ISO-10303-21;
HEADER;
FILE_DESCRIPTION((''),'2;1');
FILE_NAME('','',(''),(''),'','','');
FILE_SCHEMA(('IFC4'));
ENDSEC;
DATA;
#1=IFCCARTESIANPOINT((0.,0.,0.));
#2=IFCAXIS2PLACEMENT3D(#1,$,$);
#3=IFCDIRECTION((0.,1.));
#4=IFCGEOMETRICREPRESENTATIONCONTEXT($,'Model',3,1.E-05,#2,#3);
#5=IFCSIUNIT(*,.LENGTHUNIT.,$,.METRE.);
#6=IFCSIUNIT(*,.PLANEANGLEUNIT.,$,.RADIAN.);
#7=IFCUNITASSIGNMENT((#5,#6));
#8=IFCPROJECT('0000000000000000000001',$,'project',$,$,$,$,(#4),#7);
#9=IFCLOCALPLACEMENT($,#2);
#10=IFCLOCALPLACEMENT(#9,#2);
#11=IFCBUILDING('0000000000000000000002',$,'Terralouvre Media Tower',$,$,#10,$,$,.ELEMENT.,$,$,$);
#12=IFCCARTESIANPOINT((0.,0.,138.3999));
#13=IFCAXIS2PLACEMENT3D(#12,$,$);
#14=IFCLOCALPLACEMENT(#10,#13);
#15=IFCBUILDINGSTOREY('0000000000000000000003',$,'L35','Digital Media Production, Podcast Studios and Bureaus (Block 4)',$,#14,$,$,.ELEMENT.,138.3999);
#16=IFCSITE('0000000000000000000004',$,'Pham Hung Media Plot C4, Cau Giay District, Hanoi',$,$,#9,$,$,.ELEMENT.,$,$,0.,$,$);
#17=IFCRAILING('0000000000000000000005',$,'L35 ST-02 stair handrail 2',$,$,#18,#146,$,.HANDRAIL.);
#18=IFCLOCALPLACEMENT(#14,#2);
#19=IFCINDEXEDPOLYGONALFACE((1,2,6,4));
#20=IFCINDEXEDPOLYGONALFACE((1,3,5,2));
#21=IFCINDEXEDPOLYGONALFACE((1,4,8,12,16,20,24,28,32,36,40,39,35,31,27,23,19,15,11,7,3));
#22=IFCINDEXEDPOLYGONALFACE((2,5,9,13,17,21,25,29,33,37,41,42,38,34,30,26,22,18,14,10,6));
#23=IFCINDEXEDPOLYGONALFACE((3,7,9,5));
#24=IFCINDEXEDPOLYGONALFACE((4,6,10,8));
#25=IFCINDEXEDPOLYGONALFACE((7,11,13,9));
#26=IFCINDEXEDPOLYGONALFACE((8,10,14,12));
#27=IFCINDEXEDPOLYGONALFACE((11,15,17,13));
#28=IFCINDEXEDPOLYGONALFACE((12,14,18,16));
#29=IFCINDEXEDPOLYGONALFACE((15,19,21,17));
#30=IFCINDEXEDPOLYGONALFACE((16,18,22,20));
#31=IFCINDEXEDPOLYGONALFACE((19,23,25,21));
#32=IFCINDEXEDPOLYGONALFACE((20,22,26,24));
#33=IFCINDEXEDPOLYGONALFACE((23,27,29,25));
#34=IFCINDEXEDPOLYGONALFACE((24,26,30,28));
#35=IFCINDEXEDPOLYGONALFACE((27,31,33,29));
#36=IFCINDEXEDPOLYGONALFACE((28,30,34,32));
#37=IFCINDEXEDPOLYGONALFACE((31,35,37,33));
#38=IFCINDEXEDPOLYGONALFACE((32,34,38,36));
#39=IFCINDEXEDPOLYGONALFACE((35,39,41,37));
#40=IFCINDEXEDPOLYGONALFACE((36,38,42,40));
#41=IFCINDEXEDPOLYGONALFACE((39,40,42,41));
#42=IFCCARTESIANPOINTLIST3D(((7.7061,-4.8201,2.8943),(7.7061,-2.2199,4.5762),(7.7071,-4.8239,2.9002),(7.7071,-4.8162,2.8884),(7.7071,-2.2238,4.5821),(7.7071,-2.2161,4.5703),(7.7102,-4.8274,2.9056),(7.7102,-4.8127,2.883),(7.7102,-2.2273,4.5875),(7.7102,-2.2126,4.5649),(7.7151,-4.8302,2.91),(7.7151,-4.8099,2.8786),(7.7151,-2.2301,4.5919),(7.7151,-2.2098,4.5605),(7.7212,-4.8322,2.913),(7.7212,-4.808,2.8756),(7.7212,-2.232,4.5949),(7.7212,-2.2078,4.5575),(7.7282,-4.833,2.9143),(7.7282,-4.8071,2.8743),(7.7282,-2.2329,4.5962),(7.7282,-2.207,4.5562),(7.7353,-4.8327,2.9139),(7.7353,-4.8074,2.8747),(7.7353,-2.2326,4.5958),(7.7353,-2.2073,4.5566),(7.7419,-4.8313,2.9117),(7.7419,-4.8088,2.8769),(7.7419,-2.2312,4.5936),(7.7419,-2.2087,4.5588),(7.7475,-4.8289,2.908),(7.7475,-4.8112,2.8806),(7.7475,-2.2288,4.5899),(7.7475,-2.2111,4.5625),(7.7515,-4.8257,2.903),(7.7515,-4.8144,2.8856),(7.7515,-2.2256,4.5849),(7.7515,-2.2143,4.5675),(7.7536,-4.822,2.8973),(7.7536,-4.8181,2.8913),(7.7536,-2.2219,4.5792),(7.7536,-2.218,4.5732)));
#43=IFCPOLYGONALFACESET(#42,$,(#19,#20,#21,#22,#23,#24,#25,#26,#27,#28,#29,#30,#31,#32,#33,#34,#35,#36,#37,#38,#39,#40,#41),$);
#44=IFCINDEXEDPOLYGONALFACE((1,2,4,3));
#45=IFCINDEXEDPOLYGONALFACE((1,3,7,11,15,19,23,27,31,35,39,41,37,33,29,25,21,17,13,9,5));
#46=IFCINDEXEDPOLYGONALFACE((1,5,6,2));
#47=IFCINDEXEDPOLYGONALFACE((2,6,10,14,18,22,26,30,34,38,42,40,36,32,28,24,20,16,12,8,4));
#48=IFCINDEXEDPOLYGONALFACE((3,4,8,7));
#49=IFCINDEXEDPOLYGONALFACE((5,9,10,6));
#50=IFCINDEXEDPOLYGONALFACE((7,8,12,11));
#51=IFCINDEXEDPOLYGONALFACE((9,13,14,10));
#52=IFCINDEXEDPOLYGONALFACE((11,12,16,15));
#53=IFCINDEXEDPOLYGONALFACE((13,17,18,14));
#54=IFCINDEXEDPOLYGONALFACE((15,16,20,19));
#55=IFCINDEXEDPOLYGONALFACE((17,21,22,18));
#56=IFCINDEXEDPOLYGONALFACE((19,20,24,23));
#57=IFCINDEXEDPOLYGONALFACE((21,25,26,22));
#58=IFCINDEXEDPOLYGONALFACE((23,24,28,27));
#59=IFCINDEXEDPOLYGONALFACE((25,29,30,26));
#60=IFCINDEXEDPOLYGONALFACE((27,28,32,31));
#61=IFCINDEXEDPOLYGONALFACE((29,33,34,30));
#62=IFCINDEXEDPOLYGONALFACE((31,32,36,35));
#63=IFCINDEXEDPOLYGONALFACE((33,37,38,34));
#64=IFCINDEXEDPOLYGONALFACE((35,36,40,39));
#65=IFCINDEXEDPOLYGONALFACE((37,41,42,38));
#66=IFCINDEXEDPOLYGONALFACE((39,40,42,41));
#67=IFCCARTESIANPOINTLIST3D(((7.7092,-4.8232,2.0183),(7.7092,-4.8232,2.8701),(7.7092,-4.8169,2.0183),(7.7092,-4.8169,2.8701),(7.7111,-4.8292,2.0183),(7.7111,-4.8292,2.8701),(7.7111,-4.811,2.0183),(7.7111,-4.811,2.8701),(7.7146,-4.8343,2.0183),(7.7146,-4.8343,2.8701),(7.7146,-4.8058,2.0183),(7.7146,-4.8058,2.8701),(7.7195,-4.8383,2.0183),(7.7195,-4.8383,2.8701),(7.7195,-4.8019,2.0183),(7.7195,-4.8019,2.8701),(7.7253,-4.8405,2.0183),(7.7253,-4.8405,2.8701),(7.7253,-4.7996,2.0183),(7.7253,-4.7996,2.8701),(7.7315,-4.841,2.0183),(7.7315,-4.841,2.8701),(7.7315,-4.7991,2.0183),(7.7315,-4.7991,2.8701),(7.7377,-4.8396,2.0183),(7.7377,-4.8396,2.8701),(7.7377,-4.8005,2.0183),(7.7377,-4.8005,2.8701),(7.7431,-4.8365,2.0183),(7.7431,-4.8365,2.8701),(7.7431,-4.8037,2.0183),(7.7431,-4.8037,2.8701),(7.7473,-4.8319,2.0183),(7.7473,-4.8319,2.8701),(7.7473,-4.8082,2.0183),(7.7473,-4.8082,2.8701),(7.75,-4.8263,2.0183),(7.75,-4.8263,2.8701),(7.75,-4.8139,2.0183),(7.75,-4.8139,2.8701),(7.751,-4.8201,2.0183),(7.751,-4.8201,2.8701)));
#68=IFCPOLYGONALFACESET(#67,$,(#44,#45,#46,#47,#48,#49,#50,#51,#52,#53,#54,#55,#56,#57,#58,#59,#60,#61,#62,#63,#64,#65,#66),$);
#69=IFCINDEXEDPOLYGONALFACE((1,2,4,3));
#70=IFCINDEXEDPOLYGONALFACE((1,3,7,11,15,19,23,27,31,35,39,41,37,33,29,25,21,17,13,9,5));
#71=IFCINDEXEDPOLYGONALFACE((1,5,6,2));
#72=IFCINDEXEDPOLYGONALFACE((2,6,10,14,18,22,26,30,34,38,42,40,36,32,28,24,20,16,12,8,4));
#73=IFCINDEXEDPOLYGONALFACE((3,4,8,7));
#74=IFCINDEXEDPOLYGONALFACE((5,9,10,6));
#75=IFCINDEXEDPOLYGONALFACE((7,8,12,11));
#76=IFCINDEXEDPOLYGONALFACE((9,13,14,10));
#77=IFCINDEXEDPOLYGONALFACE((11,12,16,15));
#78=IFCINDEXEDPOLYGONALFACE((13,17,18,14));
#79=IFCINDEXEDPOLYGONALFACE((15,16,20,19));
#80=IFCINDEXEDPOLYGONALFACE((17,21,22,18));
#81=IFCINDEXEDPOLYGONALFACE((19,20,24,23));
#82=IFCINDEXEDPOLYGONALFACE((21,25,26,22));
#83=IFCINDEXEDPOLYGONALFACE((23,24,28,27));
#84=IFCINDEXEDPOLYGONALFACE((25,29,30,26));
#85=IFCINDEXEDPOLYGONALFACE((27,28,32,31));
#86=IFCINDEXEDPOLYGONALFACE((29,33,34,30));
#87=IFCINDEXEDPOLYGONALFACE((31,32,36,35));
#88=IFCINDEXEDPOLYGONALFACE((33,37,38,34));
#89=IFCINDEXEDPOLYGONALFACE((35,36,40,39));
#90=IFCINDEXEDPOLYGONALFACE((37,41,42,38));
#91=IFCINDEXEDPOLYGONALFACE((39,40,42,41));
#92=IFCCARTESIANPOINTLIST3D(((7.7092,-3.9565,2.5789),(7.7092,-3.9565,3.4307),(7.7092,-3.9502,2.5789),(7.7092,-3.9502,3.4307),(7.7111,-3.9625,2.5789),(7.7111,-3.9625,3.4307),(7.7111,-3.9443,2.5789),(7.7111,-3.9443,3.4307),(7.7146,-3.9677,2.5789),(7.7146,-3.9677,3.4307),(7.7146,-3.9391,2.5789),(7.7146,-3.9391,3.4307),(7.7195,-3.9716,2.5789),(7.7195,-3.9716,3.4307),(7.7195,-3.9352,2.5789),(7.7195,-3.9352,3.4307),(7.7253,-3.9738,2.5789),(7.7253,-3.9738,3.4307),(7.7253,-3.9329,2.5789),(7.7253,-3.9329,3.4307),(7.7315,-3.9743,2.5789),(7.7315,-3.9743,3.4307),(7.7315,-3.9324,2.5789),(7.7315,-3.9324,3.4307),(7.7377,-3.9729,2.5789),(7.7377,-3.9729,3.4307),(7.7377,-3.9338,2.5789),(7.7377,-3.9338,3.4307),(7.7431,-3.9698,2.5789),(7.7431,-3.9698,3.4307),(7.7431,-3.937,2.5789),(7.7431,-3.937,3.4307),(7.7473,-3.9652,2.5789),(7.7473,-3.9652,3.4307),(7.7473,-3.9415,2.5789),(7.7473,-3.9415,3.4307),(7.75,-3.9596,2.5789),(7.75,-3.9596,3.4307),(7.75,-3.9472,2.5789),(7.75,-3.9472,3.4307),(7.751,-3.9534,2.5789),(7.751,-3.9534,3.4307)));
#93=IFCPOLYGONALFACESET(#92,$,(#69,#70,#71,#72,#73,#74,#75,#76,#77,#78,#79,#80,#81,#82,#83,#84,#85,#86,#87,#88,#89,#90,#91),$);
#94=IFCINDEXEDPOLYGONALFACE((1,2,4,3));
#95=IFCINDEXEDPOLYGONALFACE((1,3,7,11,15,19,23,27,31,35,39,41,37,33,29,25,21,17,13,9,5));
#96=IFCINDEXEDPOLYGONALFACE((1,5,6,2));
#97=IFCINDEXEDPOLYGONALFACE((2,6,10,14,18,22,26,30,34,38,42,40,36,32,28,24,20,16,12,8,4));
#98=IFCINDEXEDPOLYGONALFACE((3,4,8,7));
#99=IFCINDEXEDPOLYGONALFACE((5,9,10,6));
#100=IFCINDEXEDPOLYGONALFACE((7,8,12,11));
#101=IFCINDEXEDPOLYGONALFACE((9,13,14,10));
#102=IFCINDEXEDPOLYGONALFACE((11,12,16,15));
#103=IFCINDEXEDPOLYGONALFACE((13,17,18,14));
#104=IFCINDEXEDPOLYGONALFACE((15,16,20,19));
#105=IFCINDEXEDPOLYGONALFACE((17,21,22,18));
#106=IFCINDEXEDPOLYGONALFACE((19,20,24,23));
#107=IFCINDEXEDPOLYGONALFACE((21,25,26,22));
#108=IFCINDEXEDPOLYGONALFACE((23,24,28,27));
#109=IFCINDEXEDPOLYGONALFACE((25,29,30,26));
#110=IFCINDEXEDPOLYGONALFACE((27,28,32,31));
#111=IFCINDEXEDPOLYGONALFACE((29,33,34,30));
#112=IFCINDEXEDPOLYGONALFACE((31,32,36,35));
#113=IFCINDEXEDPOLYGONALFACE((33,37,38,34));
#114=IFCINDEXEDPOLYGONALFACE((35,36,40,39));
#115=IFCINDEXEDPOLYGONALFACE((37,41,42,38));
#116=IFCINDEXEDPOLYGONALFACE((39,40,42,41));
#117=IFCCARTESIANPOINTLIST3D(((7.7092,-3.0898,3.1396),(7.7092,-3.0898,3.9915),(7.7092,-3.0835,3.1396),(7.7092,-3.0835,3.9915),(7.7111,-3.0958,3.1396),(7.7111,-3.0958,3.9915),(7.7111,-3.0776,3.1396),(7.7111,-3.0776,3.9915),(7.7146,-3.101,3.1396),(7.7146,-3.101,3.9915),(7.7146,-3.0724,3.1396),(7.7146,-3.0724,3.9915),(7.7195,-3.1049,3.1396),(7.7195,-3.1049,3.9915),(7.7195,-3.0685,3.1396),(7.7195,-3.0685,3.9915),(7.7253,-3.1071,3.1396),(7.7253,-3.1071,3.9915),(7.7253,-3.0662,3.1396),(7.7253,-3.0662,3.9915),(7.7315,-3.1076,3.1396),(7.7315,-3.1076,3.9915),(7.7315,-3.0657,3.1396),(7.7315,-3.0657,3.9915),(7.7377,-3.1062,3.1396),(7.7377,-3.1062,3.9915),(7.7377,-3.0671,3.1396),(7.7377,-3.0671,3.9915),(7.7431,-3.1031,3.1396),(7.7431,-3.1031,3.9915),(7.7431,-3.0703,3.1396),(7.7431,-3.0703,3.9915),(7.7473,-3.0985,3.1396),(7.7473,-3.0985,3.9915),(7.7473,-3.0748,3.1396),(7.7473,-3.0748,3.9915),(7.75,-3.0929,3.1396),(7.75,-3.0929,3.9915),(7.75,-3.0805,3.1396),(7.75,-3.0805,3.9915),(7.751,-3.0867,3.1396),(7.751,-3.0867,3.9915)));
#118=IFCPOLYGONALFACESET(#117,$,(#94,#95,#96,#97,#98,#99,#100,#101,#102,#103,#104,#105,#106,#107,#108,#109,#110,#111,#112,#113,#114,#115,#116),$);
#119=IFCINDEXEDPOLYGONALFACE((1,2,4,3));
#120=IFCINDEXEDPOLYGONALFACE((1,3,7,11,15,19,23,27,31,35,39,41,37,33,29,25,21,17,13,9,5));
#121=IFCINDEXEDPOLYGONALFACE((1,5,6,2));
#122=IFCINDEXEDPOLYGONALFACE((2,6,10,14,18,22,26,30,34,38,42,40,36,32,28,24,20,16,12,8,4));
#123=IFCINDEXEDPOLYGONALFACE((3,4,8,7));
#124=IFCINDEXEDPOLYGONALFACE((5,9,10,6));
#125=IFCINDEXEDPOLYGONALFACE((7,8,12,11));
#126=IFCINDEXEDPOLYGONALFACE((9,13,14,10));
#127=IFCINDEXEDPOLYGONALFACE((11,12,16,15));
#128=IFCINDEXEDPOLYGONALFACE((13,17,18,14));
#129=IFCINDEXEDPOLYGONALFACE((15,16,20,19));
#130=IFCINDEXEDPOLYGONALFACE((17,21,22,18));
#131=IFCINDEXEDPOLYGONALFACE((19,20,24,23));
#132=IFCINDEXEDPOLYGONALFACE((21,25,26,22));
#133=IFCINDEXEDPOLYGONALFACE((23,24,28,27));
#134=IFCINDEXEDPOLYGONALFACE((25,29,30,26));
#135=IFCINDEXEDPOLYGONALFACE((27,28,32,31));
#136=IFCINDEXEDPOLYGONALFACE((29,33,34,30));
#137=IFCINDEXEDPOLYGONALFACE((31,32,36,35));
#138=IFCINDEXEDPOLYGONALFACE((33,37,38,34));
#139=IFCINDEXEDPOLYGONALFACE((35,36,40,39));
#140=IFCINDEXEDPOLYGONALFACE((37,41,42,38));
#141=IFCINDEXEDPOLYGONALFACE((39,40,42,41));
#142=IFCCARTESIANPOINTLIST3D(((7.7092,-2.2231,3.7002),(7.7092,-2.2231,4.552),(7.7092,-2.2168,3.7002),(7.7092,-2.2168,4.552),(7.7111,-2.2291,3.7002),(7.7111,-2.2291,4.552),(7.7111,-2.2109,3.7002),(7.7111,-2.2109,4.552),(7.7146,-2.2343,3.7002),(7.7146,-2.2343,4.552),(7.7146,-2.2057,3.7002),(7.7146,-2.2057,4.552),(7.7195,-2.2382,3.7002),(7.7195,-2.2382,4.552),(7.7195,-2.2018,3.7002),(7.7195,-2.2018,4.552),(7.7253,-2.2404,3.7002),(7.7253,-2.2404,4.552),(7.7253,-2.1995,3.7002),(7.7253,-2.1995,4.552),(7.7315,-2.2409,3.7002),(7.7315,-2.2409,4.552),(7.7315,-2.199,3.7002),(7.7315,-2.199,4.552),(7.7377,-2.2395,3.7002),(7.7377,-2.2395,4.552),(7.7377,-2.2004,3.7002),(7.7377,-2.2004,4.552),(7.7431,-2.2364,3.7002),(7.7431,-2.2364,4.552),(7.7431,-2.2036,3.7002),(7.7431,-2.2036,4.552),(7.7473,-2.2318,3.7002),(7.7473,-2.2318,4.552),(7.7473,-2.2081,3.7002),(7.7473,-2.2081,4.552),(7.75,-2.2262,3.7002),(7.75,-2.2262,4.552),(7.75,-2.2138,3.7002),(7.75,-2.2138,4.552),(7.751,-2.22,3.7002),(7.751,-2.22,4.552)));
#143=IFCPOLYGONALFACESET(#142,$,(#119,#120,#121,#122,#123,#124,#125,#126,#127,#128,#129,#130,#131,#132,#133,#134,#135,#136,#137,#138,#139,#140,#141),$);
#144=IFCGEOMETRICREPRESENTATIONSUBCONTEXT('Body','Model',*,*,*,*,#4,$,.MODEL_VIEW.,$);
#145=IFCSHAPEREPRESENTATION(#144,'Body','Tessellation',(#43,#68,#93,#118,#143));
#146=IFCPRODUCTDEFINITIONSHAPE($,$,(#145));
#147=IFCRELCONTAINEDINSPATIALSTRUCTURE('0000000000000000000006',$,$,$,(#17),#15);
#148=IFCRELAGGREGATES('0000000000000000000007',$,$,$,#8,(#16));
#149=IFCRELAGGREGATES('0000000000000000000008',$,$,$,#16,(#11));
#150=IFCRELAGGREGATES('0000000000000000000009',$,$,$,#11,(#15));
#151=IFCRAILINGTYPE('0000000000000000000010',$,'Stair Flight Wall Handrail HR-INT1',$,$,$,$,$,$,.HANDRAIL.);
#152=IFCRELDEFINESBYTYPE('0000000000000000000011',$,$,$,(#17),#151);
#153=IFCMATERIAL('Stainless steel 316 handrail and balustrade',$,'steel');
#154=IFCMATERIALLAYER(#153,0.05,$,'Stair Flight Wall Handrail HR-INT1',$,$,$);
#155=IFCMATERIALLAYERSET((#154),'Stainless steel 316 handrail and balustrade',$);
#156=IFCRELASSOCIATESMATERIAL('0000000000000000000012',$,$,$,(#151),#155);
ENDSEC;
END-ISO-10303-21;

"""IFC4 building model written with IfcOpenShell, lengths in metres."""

from ifc_helpers import new_model, si_unit, direction, frame, origin, origin_2d, place, context, subcontext, project, spatial, circle, extrude, material, layer, layer_set, type_object, element, save


model = new_model("IFC4")

# Units and contexts
model_context = context("Model", 3, precision=1e-05, world=origin(), true_north=direction((0.0, 1.0)))
body_context = subcontext(model_context, "Body", "Model", "MODEL_VIEW")
ifc_project = project(units=[si_unit("LENGTHUNIT", "METRE"), si_unit("PLANEANGLEUNIT", "RADIAN")], contexts=[model_context])

# Site, building, storey
site_placement = place(None, origin())
site = spatial("IfcSite", under=ifc_project, at=site_placement, Name="Pham Hung Media Plot C4, Cau Giay District, Hanoi", CompositionType="ELEMENT", RefElevation=0.0)
building_placement = place(site_placement, origin())
building = spatial("IfcBuilding", under=site, at=building_placement, Name="Terralouvre Media Tower", CompositionType="ELEMENT")
storey_placement = place(building_placement, frame((0.0, 0.0, 138.3999)))
storey = spatial("IfcBuildingStorey", under=building, at=storey_placement, Name="L35", Description="Digital Media Production, Podcast Studios and Bureaus (Block 4)", CompositionType="ELEMENT", Elevation=138.3999)

# Railing
ifc_material_1 = material(Name="Stainless steel 316 handrail and balustrade", Category="steel")
ifc_layer_1 = layer(ifc_material_1, 0.05, Name="Stair Flight Wall Handrail HR-INT1")
ifc_layer_set_1 = layer_set([ifc_layer_1], Name="Stainless steel 316 handrail and balustrade")
railing_type_1 = type_object("IfcRailingType", Name="Stair Flight Wall Handrail HR-INT1", PredefinedType="HANDRAIL", material=ifc_layer_set_1)
railing_1_placement = place(storey_placement, frame((7.73, -4.8201, 2.0183)))
element("IfcRailing", 1, at=railing_1_placement, inside=storey, type_object=railing_type_1, Name="L35 ST-02 stair handrail 2", PredefinedType="HANDRAIL", context=body_context, shape_type="SweptSolid", body=[
    extrude(circle(Radius=0.0239, at=origin_2d()), frame((0.0, 0.0, 0.876), z_axis=(0.0, 0.839648, 0.54313), x_axis=(-1.0, 0.0, 0.0)), (0.0, 0.0, 1.0), 3.0967),
    extrude(circle(Radius=0.021, at=origin_2d()), origin(), (0.0, 0.0, 1.0), 0.8518),
    extrude(circle(Radius=0.021, at=origin_2d()), frame((0.0, 0.8667, 0.5605)), (0.0, 0.0, 1.0), 0.8518),
    extrude(circle(Radius=0.021, at=origin_2d()), frame((0.0, 1.7334, 1.1213)), (0.0, 0.0, 1.0), 0.8518),
    extrude(circle(Radius=0.021, at=origin_2d()), frame((0.0, 2.6001, 1.6819)), (0.0, 0.0, 1.0), 0.8518),
])

save(model, "model.ifc")
